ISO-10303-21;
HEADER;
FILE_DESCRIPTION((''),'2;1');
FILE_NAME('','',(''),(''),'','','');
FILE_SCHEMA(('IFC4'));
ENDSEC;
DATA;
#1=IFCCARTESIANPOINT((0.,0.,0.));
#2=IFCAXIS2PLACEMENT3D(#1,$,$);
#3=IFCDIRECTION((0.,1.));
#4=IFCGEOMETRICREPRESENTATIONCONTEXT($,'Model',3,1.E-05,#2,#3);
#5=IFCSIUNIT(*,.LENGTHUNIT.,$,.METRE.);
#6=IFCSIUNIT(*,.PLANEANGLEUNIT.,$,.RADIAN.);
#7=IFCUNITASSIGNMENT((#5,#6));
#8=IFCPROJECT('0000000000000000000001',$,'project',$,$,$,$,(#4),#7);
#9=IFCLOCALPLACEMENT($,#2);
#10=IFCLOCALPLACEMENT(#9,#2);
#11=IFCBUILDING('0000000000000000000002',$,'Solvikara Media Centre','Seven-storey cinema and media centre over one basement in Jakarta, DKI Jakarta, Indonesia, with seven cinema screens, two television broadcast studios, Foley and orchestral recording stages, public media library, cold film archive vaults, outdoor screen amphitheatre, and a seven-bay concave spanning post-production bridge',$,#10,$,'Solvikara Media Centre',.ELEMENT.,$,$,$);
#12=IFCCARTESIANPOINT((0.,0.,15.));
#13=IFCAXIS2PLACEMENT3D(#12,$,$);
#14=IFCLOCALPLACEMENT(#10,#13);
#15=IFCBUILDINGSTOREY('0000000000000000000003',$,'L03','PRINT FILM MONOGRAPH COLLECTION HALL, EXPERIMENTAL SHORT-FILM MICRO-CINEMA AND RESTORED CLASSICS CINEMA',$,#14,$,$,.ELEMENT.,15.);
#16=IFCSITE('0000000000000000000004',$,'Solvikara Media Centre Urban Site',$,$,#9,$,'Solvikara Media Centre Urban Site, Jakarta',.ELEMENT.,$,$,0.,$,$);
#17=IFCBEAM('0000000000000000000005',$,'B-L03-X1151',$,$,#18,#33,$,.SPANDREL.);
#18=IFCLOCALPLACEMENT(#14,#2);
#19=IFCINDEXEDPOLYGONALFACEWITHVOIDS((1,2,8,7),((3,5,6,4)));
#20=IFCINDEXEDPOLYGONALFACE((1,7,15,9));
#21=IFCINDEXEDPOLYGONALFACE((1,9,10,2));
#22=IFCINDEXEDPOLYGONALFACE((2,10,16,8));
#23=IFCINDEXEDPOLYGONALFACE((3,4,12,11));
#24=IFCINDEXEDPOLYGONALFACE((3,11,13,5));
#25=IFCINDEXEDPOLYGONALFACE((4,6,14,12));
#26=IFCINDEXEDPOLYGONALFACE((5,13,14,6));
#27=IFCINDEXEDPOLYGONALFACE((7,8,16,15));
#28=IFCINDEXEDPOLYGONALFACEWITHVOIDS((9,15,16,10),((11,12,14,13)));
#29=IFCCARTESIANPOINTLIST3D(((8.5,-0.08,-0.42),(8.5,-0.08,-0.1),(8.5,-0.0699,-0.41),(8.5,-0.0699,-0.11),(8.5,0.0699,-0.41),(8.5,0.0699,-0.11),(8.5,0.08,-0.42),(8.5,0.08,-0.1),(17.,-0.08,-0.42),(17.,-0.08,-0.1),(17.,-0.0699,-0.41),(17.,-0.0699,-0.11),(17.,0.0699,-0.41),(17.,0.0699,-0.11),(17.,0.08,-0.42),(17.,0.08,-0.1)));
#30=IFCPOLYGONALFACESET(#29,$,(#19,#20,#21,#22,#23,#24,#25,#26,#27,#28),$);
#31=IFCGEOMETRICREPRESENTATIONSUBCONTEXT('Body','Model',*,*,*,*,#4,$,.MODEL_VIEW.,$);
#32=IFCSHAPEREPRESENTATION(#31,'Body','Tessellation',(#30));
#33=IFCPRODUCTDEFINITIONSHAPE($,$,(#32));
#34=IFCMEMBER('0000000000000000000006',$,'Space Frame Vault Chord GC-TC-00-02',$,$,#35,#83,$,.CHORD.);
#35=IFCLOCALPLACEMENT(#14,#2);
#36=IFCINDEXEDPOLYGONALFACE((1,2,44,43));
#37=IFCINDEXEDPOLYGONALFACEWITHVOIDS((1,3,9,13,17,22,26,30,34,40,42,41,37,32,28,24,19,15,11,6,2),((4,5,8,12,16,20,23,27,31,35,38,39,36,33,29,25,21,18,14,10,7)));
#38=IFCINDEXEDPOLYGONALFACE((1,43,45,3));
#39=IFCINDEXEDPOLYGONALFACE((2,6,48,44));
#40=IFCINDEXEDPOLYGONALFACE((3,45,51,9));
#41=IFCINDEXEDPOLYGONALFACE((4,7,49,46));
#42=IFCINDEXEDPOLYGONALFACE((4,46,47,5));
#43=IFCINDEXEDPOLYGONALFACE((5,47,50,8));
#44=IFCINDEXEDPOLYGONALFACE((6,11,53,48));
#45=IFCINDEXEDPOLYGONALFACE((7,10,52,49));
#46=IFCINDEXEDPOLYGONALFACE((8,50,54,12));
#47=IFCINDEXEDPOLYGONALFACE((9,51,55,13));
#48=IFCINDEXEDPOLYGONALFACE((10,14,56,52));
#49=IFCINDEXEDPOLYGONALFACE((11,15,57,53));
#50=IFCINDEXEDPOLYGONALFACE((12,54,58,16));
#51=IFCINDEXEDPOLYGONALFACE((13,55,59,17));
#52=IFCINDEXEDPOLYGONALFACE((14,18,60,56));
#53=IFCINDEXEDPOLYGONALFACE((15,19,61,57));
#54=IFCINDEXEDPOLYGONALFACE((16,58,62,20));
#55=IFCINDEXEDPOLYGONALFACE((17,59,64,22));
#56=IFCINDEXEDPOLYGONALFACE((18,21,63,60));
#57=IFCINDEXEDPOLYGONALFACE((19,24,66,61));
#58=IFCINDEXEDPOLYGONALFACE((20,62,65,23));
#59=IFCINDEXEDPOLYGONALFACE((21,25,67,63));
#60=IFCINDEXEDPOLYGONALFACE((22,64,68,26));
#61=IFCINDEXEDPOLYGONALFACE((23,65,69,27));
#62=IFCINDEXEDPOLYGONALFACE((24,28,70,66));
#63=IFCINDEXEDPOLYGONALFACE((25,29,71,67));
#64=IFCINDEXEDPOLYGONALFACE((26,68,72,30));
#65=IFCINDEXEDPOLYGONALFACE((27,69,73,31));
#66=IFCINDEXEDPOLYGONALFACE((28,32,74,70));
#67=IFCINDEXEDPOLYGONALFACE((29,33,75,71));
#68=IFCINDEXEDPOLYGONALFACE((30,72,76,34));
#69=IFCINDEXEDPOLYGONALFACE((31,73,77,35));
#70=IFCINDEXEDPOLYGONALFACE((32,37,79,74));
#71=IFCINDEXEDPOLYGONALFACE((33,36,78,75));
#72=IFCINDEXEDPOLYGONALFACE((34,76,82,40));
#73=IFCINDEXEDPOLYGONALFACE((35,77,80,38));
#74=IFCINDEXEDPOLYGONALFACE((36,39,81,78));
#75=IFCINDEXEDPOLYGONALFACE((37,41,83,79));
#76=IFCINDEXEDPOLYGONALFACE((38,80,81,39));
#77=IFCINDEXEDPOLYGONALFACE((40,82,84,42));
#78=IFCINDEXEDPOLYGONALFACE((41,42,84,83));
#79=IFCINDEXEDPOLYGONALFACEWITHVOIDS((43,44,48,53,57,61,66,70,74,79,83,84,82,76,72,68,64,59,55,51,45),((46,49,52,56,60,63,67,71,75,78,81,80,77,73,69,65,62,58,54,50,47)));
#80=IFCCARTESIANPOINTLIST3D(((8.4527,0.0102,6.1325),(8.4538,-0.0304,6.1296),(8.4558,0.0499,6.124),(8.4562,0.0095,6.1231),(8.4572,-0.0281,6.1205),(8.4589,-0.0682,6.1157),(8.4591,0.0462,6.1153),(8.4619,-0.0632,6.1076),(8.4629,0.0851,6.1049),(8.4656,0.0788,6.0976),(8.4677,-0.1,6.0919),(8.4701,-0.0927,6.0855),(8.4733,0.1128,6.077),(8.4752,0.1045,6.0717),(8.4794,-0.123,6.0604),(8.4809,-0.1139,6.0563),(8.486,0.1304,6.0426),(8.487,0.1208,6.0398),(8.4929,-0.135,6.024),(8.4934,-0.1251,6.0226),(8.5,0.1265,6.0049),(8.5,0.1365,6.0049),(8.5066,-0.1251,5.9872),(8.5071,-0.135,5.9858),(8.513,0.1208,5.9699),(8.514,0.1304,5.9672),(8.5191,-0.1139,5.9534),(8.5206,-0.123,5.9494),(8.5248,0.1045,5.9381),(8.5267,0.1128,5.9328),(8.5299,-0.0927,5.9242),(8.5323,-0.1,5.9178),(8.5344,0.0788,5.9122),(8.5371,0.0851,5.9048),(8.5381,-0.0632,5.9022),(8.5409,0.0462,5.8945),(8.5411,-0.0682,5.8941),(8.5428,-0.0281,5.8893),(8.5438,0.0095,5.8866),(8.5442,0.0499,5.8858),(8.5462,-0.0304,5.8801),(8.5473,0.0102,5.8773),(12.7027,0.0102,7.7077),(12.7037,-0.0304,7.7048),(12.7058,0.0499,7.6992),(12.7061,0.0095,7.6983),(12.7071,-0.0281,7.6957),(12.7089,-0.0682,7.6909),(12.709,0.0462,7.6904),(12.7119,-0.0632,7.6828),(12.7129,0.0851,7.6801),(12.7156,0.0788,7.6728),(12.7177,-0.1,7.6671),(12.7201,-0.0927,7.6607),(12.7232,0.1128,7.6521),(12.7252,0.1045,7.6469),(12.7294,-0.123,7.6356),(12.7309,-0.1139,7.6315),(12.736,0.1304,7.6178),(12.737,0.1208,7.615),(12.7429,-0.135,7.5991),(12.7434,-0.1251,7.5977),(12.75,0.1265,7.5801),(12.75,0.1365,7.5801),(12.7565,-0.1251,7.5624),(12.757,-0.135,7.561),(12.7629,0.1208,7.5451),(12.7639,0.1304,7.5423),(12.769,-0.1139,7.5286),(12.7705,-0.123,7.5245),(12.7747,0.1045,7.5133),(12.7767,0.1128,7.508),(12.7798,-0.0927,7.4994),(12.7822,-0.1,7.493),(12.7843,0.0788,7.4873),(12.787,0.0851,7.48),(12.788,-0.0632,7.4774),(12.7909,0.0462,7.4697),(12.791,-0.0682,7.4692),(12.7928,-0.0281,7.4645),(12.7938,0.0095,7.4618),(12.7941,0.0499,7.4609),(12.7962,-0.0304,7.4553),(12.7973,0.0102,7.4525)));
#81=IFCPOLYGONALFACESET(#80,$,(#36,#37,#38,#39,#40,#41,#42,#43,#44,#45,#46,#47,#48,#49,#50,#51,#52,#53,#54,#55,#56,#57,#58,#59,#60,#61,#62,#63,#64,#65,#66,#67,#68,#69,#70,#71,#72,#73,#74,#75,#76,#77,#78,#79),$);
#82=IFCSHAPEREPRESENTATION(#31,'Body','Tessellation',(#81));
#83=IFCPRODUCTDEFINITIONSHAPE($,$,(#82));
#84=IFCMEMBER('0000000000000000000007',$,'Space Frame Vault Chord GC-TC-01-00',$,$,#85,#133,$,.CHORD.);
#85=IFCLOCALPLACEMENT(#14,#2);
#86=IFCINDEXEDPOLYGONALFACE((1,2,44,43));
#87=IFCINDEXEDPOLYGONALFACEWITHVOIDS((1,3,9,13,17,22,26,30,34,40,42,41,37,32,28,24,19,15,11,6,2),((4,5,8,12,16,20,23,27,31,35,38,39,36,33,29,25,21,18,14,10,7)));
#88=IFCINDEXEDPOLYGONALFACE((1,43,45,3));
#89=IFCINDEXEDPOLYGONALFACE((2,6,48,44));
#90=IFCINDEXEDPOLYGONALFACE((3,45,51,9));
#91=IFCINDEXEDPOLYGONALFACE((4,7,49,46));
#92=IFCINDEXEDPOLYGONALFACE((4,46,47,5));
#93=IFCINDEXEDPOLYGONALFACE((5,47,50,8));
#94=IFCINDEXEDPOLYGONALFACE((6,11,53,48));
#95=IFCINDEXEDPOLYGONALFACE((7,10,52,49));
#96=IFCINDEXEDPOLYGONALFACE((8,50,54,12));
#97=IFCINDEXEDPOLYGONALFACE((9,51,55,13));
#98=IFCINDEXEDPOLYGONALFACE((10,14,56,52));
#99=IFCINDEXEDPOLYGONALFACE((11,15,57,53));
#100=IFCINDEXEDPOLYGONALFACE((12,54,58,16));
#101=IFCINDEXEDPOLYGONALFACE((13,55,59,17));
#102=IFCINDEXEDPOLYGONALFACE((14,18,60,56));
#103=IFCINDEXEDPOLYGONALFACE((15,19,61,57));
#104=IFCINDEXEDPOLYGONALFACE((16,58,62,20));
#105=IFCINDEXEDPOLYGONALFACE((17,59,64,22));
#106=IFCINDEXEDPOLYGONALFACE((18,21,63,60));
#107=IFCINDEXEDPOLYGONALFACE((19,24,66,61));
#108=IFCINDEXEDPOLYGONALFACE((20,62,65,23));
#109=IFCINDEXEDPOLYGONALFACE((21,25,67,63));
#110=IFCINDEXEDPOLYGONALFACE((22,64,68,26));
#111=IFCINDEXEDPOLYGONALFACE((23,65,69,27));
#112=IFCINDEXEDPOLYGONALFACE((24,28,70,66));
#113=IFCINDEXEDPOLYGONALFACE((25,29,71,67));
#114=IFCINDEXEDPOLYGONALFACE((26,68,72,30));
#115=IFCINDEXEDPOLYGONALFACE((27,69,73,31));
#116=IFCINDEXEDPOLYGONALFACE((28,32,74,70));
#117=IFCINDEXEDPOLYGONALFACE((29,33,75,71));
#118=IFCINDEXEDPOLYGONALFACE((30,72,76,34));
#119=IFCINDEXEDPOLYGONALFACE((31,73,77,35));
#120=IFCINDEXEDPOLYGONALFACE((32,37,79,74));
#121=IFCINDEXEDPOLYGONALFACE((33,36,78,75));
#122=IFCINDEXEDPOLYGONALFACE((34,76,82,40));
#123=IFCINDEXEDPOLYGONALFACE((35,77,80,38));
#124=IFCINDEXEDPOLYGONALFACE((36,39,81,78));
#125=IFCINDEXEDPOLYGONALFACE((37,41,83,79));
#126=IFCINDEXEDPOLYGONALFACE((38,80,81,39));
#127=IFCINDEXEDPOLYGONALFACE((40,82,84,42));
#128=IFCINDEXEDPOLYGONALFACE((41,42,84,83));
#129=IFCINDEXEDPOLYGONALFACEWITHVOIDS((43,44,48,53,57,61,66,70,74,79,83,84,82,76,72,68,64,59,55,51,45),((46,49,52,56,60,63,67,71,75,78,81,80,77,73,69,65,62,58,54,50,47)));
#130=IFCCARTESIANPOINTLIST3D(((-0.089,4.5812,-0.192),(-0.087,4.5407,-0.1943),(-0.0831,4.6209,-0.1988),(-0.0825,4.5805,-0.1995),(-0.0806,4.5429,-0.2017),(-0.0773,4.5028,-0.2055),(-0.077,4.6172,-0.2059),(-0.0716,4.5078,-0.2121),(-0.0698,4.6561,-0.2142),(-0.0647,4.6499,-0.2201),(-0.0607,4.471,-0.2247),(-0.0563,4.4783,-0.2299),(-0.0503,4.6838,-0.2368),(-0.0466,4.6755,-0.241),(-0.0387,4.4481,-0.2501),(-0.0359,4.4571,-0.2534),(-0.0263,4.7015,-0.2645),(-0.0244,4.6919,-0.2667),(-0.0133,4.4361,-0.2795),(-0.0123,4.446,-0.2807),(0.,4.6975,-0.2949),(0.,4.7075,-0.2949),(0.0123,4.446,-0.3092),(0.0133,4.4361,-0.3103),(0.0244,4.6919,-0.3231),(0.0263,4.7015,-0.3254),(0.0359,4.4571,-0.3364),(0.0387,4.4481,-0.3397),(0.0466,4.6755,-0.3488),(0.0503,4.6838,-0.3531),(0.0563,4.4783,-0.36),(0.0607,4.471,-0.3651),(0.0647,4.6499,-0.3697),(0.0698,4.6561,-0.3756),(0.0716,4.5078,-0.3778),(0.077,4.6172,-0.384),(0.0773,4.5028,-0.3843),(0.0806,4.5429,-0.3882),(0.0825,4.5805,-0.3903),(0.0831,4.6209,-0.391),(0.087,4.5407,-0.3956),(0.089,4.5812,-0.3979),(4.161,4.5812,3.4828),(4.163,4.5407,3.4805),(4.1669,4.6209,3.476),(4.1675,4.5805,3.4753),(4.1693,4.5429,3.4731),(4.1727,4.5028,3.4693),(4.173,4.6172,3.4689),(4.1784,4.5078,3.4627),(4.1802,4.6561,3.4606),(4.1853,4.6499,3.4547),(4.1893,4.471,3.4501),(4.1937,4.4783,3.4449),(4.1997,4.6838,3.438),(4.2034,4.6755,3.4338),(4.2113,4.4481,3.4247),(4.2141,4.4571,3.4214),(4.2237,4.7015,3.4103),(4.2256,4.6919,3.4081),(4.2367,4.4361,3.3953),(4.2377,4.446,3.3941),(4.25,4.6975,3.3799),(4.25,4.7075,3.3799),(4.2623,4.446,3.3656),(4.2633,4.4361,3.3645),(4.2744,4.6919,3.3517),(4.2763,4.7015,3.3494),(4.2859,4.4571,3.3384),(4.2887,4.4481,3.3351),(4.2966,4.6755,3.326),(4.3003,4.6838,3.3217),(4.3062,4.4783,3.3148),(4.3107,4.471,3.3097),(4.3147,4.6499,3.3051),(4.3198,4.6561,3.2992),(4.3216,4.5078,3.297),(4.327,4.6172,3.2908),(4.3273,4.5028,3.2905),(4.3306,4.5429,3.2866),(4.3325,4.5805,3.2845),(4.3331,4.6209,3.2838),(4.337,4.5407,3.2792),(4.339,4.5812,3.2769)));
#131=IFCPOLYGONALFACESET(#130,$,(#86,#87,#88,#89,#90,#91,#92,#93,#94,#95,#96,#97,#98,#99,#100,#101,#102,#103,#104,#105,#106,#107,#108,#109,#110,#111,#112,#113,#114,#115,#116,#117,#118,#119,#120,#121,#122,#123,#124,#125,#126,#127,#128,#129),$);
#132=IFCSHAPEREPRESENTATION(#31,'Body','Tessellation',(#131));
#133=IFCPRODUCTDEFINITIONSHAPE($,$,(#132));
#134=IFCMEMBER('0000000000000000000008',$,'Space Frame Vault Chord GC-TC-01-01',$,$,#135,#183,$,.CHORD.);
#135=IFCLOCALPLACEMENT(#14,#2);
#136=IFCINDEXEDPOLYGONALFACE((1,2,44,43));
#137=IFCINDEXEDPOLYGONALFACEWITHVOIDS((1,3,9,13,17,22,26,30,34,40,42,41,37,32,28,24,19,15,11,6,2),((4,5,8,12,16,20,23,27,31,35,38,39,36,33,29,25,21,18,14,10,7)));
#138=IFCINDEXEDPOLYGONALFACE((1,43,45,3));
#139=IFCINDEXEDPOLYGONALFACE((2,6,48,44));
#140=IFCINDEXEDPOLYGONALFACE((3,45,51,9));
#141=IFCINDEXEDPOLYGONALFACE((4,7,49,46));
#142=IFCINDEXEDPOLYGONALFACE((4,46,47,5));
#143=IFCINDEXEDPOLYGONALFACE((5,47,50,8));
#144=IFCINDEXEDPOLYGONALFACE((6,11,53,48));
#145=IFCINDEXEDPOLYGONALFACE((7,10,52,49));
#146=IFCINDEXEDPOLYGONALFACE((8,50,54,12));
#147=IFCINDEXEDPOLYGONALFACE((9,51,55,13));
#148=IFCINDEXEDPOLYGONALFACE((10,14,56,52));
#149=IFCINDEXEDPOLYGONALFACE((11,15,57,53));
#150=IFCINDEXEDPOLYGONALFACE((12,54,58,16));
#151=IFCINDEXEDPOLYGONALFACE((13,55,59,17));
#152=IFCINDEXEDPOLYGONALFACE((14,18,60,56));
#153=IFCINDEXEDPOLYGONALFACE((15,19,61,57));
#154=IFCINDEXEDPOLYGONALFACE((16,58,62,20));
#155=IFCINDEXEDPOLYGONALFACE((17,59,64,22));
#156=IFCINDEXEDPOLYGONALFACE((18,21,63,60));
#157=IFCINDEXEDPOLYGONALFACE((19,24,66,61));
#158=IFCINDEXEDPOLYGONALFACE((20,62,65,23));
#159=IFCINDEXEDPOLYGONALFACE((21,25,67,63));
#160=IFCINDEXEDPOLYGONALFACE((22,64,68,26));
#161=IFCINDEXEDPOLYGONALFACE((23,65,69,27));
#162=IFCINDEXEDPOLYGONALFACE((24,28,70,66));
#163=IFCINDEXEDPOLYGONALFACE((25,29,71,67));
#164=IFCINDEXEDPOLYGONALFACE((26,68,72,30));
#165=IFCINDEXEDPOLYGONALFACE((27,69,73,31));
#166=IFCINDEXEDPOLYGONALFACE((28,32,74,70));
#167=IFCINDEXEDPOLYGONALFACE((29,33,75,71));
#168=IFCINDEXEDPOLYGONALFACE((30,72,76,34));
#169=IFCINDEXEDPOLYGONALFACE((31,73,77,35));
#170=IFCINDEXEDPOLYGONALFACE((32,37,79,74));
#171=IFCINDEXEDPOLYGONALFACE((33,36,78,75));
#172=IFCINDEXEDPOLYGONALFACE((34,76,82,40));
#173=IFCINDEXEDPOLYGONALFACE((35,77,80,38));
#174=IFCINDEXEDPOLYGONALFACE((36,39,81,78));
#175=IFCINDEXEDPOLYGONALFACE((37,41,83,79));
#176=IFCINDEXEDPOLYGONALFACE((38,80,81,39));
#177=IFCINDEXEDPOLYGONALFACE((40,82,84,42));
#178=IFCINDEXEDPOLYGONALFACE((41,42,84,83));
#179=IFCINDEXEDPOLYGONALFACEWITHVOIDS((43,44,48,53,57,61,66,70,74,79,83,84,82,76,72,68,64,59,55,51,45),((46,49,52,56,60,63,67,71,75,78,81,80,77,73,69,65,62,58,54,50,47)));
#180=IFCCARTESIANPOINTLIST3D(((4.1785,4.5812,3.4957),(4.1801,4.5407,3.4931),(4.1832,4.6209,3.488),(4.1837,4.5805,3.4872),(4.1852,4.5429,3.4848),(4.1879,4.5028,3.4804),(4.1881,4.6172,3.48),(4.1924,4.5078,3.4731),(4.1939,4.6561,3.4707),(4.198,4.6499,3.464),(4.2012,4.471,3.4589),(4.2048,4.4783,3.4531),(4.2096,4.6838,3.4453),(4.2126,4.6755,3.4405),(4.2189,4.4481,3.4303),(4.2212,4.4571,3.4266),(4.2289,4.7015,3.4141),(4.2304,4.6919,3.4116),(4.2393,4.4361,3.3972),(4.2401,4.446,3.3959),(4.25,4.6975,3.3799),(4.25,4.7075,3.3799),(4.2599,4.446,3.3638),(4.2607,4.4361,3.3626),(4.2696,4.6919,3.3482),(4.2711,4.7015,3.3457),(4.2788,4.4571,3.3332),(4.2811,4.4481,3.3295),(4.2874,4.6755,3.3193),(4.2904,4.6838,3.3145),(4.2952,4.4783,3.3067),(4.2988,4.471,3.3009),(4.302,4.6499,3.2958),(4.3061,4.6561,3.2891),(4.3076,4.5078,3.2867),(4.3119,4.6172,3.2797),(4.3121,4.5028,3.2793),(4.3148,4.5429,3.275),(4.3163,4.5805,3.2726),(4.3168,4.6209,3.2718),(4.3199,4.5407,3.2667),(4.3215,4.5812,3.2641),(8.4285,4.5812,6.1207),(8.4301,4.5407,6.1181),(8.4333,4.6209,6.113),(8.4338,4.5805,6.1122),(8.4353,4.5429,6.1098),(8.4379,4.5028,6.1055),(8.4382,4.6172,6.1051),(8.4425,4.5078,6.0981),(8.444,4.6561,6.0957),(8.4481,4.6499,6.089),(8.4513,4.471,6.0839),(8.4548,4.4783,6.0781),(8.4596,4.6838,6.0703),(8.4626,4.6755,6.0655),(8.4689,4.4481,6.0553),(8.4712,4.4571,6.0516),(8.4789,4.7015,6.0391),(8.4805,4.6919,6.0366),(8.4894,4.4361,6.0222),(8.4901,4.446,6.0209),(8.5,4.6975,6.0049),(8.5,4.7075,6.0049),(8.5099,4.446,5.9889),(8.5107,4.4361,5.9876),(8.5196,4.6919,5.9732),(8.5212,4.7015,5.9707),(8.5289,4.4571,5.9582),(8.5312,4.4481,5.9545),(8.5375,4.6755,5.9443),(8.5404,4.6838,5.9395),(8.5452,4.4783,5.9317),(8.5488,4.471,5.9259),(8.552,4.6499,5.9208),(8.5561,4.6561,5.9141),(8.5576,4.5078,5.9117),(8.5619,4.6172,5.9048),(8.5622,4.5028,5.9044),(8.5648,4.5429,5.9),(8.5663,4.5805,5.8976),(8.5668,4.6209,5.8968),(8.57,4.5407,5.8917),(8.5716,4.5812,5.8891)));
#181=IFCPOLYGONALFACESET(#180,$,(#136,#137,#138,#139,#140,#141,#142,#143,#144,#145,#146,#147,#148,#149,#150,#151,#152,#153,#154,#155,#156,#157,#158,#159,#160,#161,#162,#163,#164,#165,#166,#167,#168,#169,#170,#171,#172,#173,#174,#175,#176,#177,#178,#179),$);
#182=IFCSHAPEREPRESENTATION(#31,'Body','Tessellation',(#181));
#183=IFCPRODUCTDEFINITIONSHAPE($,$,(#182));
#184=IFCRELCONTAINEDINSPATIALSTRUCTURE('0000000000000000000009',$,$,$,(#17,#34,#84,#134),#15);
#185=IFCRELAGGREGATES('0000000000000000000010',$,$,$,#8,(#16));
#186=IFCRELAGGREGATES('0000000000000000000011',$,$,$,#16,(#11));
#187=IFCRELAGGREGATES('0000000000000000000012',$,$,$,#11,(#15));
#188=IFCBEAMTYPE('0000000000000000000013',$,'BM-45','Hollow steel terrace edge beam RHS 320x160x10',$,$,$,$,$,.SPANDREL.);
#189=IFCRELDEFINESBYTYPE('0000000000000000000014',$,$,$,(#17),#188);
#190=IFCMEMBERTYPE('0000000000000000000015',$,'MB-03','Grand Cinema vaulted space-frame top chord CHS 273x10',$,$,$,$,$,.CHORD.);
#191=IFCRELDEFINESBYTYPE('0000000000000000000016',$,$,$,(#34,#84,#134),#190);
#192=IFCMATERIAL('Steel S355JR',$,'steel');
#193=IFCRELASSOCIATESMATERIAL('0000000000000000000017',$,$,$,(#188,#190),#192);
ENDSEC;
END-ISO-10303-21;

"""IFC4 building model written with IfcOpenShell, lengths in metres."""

from ifc_helpers import new_model, si_unit, direction, frame, origin, origin_2d, place, context, subcontext, project, spatial, hollow_rectangle, hollow_circle, extrude, material, material_profile, profile_set, type_object, element, save


model = new_model("IFC4")

# Units and contexts
model_context = context("Model", 3, precision=1e-05, world=origin(), true_north=direction((0.0, 1.0)))
body_context = subcontext(model_context, "Body", "Model", "MODEL_VIEW")
ifc_project = project(units=[si_unit("LENGTHUNIT", "METRE"), si_unit("PLANEANGLEUNIT", "RADIAN")], contexts=[model_context])

# Site, building, storey
site_placement = place(None, origin())
site = spatial("IfcSite", under=ifc_project, at=site_placement, Name="Solvikara Media Centre Urban Site", LongName="Solvikara Media Centre Urban Site, Jakarta", CompositionType="ELEMENT", RefElevation=0.0)
building_placement = place(site_placement, origin())
building = spatial("IfcBuilding", under=site, at=building_placement, Name="Solvikara Media Centre", Description="Seven-storey cinema and media centre over one basement in Jakarta, DKI Jakarta, Indonesia, with seven cinema screens, two television broadcast studios, Foley and orchestral recording stages, public media library, cold film archive vaults, outdoor screen amphitheatre, and a seven-bay concave spanning post-production bridge", LongName="Solvikara Media Centre", CompositionType="ELEMENT")
storey_placement = place(building_placement, frame((0.0, 0.0, 15.0)))
storey = spatial("IfcBuildingStorey", under=building, at=storey_placement, Name="L03", Description="PRINT FILM MONOGRAPH COLLECTION HALL, EXPERIMENTAL SHORT-FILM MICRO-CINEMA AND RESTORED CLASSICS CINEMA", CompositionType="ELEMENT", Elevation=15.0)

# Beam
ifc_material_1 = material(Name="Steel S355JR", Category="steel")
ifc_material_profile_1 = material_profile(ifc_material_1, hollow_rectangle(XDim=0.1599, YDim=0.3201, WallThickness=0.01, at=origin_2d()), Name="RHS 320x160x10")
ifc_profile_set_1 = profile_set([ifc_material_profile_1], Name="Steel S355JR")
beam_type = type_object("IfcBeamType", Name="BM-45", Description="Hollow steel terrace edge beam RHS 320x160x10", PredefinedType="SPANDREL", material=ifc_profile_set_1)
beam_placement = place(storey_placement, frame((8.5, 0.0, -0.26), z_axis=(1.0, 0.0, 0.0), x_axis=(0.0, 1.0, 0.0)))
element("IfcBeam", 1, at=beam_placement, inside=storey, type_object=beam_type, Name="B-L03-X1151", PredefinedType="SPANDREL", context=body_context, shape_type="SweptSolid", body=[
    extrude(hollow_rectangle(XDim=0.1599, YDim=0.3201, WallThickness=0.01, at=origin_2d()), origin(), (0.0, 0.0, 1.0), 8.5),
])

# Members
ifc_material_profile_2 = material_profile(ifc_material_1, hollow_circle(Radius=0.1365, WallThickness=0.01, at=origin_2d()), Name="CHS 273x10")
ifc_profile_set_2 = profile_set([ifc_material_profile_2], Name="Steel S355JR")
member_type_1 = type_object("IfcMemberType", Name="MB-03", Description="Grand Cinema vaulted space-frame top chord CHS 273x10", PredefinedType="CHORD", material=ifc_profile_set_2)
member_1_placement = place(storey_placement, frame((8.5, 0.0, 6.0049), z_axis=(0.937668, 0.0, 0.347532), x_axis=(0.0, 1.0, 0.0)))
element("IfcMember", 2, at=member_1_placement, inside=storey, type_object=member_type_1, Name="Space Frame Vault Chord GC-TC-00-02", PredefinedType="CHORD", context=body_context, shape_type="SweptSolid", body=[
    extrude(hollow_circle(Radius=0.1365, WallThickness=0.01, at=origin_2d()), origin(), (0.0, 0.0, 1.0), 4.5325),
])
member_2_placement = place(storey_placement, frame((0.0, 4.571, -0.2949), z_axis=(0.75644, 0.0, 0.654063), x_axis=(0.0, 1.0, 0.0)))
element("IfcMember", 3, at=member_2_placement, inside=storey, type_object=member_type_1, Name="Space Frame Vault Chord GC-TC-01-00", PredefinedType="CHORD", context=body_context, shape_type="SweptSolid", body=[
    extrude(hollow_circle(Radius=0.1365, WallThickness=0.01, at=origin_2d()), origin(), (0.0, 0.0, 1.0), 5.6184),
])
member_3_placement = place(storey_placement, frame((4.25, 4.571, 3.3799), z_axis=(0.850798, 0.0, 0.525493), x_axis=(0.0, 1.0, 0.0)))
element("IfcMember", 4, at=member_3_placement, inside=storey, type_object=member_type_1, Name="Space Frame Vault Chord GC-TC-01-01", PredefinedType="CHORD", context=body_context, shape_type="SweptSolid", body=[
    extrude(hollow_circle(Radius=0.1365, WallThickness=0.01, at=origin_2d()), origin(), (0.0, 0.0, 1.0), 4.9954),
])

save(model, "model.ifc")
